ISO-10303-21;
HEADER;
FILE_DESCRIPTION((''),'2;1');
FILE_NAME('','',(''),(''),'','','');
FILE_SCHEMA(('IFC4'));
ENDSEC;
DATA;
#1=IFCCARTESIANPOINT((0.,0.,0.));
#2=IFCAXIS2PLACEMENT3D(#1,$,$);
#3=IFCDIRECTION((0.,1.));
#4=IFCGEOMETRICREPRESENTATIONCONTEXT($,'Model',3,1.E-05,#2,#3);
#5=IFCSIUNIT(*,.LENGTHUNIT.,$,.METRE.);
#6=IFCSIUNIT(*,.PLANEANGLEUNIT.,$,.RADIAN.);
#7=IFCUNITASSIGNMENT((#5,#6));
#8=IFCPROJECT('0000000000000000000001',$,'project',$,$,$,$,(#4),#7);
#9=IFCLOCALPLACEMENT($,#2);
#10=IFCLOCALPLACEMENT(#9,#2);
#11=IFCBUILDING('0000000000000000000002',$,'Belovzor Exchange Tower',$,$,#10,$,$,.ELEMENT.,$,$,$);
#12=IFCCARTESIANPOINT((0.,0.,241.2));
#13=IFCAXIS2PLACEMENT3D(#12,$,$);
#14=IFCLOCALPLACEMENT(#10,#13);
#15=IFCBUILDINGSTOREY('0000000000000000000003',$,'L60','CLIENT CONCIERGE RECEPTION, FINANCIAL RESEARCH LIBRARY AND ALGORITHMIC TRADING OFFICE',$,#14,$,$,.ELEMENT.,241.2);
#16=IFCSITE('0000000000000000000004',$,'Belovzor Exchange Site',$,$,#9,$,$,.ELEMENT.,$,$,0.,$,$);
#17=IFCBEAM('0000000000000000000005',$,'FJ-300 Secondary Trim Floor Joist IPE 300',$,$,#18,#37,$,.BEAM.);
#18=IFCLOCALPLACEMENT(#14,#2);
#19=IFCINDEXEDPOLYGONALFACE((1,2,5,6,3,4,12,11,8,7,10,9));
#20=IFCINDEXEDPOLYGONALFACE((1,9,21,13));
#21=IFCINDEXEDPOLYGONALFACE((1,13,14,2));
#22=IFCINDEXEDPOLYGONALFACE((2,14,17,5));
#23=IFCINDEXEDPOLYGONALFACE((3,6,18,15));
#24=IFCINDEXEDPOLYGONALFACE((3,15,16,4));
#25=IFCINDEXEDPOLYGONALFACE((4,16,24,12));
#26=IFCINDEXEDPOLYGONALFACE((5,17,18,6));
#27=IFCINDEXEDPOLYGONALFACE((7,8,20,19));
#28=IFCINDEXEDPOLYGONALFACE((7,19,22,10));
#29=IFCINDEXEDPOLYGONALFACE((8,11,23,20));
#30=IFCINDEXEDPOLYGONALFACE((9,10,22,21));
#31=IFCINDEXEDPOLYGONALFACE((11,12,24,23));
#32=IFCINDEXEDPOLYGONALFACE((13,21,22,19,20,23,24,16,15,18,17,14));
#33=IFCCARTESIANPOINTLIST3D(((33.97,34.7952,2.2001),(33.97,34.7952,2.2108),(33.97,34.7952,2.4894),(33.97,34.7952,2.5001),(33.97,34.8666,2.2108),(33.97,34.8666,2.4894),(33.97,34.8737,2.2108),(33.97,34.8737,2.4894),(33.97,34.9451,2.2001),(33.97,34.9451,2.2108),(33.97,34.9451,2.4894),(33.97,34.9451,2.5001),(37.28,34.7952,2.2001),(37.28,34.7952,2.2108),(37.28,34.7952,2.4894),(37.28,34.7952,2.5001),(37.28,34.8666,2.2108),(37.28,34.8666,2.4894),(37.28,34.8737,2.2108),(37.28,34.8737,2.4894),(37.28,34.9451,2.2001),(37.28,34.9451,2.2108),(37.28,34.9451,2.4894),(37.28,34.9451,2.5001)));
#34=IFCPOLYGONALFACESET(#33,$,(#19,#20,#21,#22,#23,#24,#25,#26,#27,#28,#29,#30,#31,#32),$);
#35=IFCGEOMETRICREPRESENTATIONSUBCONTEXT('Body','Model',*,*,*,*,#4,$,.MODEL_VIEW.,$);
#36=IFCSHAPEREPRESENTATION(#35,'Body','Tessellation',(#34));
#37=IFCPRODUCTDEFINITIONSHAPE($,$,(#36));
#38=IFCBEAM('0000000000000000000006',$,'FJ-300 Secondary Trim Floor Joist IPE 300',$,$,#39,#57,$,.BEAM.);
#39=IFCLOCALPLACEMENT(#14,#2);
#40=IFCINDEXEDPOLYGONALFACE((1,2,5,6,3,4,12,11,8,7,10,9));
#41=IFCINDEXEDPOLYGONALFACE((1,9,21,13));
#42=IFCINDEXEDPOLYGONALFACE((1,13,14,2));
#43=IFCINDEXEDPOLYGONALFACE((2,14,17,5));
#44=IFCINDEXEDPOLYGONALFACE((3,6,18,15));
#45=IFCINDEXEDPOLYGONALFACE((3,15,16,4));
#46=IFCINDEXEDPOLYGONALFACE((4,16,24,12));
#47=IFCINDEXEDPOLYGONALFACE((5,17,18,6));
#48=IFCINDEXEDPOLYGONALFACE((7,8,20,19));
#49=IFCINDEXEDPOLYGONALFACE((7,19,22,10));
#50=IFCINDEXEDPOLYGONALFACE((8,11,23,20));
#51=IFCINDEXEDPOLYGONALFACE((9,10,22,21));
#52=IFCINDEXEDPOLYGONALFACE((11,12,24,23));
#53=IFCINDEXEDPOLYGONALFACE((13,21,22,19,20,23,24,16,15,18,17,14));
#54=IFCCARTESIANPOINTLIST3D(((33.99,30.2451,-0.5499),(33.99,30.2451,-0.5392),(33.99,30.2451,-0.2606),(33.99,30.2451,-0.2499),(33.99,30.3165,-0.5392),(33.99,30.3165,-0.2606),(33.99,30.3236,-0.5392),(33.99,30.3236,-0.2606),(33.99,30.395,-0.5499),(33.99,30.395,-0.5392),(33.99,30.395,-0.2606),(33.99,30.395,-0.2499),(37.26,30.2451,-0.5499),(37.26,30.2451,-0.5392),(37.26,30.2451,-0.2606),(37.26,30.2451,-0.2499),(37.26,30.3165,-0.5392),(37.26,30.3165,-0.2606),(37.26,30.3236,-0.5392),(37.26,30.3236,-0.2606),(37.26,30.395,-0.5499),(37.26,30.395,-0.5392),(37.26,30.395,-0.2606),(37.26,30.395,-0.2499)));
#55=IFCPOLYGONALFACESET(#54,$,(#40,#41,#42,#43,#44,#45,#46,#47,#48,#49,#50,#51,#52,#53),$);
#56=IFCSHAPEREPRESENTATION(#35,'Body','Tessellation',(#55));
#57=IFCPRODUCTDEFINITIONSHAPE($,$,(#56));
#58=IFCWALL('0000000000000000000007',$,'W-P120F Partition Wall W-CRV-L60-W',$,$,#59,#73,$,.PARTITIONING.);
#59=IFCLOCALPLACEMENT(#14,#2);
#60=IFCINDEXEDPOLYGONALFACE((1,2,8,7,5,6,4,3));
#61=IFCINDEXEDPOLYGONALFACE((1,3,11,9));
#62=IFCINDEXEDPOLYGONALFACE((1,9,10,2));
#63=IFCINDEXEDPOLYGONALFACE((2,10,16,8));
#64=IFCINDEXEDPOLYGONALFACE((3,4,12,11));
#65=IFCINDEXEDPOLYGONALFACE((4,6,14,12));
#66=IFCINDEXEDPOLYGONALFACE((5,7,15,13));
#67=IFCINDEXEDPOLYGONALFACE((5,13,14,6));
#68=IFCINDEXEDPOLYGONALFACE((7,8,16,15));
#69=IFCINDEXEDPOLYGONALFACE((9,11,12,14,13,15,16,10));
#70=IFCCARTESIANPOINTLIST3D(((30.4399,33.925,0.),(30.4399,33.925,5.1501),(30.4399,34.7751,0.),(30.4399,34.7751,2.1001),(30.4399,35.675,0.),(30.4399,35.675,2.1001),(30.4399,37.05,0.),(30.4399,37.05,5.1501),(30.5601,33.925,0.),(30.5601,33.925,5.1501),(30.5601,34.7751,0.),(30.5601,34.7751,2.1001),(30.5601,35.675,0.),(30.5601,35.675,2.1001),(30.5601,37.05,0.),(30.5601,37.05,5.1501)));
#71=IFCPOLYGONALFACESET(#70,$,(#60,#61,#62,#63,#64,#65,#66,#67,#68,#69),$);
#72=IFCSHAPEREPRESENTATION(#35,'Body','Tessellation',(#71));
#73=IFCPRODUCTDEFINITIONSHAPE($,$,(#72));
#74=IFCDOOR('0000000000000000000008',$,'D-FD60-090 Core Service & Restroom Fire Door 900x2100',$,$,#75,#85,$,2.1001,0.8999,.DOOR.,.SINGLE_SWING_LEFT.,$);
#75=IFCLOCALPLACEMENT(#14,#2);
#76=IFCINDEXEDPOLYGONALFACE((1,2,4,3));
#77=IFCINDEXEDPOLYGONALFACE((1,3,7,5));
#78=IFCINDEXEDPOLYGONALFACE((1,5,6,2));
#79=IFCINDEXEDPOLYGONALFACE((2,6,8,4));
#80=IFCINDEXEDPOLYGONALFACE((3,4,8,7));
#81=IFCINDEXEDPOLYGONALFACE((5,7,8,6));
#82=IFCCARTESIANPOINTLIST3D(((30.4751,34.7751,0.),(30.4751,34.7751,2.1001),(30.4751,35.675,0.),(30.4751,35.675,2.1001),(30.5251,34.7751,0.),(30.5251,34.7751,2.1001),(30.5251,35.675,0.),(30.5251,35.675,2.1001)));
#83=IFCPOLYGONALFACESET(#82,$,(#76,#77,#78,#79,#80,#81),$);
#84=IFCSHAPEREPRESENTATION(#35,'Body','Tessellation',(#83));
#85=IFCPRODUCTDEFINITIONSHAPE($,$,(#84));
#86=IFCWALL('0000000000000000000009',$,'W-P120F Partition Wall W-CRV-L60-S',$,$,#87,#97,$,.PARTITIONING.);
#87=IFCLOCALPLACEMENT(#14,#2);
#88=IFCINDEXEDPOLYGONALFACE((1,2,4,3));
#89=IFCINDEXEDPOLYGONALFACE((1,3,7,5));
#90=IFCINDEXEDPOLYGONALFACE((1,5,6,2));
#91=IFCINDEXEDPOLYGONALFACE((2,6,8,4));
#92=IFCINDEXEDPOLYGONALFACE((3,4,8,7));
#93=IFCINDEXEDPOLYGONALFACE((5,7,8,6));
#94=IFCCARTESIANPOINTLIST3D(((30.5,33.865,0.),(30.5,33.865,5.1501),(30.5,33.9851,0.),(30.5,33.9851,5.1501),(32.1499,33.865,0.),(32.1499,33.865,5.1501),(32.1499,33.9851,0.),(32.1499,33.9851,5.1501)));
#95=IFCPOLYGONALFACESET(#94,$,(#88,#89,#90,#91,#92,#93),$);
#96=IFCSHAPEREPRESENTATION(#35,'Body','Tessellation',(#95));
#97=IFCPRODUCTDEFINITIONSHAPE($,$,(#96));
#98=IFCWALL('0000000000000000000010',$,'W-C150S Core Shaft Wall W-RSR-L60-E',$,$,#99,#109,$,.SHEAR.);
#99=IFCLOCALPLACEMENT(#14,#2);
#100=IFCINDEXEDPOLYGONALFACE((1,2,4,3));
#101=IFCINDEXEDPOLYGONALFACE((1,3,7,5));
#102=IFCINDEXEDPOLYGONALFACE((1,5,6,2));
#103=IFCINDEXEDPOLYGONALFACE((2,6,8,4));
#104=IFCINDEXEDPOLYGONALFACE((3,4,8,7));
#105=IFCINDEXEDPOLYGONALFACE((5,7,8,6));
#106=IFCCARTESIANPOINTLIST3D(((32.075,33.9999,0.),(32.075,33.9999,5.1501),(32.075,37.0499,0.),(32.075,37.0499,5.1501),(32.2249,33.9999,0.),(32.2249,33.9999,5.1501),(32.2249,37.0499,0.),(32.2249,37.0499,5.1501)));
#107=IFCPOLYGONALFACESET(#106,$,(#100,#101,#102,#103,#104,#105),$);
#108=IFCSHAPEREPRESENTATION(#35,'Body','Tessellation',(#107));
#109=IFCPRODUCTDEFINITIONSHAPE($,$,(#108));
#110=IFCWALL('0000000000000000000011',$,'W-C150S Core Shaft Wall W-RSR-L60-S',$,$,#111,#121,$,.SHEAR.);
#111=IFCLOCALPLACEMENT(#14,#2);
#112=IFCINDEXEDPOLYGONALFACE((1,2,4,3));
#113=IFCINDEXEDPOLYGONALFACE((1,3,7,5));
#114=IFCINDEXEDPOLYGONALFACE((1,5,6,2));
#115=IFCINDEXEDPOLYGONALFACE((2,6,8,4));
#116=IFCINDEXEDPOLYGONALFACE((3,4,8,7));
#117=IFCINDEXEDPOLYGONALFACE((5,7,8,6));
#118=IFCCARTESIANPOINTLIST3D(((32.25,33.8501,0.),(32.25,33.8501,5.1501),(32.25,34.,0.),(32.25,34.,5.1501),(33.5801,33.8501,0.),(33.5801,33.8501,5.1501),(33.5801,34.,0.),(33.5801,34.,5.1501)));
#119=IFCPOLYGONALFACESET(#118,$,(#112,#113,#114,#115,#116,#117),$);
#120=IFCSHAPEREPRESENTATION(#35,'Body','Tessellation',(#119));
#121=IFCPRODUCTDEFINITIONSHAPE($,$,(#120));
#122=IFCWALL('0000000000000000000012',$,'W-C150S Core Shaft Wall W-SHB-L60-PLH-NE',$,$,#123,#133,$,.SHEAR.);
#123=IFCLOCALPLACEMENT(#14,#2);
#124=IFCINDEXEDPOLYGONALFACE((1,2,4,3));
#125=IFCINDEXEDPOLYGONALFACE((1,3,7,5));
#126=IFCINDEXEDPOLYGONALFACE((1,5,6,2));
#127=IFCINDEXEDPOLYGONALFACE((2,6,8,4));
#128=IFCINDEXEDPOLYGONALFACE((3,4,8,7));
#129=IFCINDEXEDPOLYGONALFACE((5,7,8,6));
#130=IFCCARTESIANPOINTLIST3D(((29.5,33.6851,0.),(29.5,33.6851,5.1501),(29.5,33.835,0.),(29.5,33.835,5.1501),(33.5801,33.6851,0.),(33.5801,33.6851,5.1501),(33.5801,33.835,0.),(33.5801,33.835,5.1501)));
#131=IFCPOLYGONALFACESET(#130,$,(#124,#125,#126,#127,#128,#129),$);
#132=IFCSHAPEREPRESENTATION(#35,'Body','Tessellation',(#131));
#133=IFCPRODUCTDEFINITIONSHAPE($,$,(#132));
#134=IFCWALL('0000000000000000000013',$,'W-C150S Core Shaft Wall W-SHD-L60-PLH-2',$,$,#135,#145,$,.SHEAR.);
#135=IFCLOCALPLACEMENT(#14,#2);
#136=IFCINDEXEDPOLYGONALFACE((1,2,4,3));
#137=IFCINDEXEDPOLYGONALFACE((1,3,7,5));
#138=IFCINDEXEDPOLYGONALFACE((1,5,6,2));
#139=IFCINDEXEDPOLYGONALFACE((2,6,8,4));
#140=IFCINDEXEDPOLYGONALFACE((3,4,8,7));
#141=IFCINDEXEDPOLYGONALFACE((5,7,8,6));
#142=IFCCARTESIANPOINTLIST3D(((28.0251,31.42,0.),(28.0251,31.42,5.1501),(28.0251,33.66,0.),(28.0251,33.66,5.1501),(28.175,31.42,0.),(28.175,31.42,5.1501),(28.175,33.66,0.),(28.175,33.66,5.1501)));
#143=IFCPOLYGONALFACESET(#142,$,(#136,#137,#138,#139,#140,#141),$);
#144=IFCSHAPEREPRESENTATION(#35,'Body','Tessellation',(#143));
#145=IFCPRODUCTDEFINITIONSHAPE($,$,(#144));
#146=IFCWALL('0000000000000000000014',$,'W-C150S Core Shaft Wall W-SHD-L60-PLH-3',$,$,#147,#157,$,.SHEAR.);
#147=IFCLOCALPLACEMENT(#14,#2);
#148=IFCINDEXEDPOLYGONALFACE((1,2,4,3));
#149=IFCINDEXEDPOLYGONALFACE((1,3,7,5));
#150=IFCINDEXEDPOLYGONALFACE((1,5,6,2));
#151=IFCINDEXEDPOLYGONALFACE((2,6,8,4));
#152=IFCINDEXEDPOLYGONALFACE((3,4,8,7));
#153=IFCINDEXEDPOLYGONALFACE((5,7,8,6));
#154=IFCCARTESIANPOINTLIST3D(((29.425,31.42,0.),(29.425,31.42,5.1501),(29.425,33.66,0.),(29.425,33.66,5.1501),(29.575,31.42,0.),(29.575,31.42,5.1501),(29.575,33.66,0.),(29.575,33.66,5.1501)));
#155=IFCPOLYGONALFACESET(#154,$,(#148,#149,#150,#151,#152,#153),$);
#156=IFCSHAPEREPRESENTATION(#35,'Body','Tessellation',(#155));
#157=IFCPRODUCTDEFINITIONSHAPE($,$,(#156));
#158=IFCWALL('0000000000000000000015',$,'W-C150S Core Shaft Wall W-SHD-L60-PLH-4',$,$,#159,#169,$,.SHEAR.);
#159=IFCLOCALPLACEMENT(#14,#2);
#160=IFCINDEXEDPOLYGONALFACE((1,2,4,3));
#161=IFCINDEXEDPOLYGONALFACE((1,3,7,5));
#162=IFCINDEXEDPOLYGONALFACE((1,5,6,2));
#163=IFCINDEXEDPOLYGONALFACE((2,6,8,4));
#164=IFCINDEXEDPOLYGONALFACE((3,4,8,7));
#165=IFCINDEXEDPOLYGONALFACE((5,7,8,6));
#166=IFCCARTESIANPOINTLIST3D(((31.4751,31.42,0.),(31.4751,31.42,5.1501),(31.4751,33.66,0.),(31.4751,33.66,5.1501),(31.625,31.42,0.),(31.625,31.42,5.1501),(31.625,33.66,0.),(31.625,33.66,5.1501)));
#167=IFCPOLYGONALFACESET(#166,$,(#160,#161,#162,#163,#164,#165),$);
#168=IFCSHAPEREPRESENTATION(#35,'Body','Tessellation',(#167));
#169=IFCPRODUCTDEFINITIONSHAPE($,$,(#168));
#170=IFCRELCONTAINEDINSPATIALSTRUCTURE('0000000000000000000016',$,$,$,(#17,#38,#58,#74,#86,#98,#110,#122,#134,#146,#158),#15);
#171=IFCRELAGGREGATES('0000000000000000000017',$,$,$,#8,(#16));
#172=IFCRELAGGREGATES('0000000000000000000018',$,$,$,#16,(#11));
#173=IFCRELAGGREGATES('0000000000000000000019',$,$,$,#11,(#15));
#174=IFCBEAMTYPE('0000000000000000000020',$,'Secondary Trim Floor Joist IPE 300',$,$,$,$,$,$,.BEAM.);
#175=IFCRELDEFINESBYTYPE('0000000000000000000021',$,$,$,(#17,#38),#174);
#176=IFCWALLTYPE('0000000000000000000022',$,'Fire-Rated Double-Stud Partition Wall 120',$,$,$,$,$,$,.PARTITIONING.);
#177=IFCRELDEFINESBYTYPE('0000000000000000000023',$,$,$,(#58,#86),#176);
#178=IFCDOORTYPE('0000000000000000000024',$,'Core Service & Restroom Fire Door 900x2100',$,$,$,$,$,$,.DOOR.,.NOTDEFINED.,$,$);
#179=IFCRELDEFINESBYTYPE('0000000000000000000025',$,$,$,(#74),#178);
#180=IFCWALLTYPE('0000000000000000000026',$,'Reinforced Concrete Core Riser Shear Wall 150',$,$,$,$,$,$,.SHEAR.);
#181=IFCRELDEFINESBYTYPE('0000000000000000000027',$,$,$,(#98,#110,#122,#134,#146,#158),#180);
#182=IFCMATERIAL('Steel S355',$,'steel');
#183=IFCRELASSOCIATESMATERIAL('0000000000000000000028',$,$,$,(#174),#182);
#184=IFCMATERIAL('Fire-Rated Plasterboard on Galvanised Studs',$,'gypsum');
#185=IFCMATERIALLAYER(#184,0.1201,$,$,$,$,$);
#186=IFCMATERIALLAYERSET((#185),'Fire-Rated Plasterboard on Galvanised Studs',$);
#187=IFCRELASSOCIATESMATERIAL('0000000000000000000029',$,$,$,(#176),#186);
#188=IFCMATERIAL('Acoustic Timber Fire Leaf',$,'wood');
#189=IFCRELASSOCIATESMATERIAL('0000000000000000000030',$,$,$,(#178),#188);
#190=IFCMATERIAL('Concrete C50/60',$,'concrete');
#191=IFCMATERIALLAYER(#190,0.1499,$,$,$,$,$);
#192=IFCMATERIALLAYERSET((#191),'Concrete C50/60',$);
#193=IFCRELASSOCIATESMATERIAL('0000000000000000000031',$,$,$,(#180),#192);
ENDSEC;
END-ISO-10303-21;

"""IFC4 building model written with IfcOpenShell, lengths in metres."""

from ifc_helpers import new_model, si_unit, direction, frame, frame_2d, origin, origin_2d, place, context, subcontext, project, spatial, rectangle, i_section, extrude, material, layer, layer_set, material_profile, profile_set, type_object, element, fill, save


model = new_model("IFC4")

# Units and contexts
model_context = context("Model", 3, precision=1e-05, world=origin(), true_north=direction((0.0, 1.0)))
body_context = subcontext(model_context, "Body", "Model", "MODEL_VIEW")
ifc_project = project(units=[si_unit("LENGTHUNIT", "METRE"), si_unit("PLANEANGLEUNIT", "RADIAN")], contexts=[model_context])

# Site, building, storey
site_placement = place(None, origin())
site = spatial("IfcSite", under=ifc_project, at=site_placement, Name="Belovzor Exchange Site", CompositionType="ELEMENT", RefElevation=0.0)
building_placement = place(site_placement, origin())
building = spatial("IfcBuilding", under=site, at=building_placement, Name="Belovzor Exchange Tower", CompositionType="ELEMENT")
storey_placement = place(building_placement, frame((0.0, 0.0, 241.2)))
storey = spatial("IfcBuildingStorey", under=building, at=storey_placement, Name="L60", Description="CLIENT CONCIERGE RECEPTION, FINANCIAL RESEARCH LIBRARY AND ALGORITHMIC TRADING OFFICE", CompositionType="ELEMENT", Elevation=241.2)

# Beams
ifc_material_1 = material(Name="Steel S355", Category="steel")
ifc_material_profile = material_profile(ifc_material_1, i_section(OverallWidth=0.1499, OverallDepth=0.3, WebThickness=0.0071, FlangeThickness=0.0107, at=origin_2d()))
ifc_profile_set = profile_set([ifc_material_profile], Name="Steel S355")
beam_type = type_object("IfcBeamType", Name="Secondary Trim Floor Joist IPE 300", PredefinedType="BEAM", material=ifc_profile_set)
beam_1_placement = place(storey_placement, frame((37.28, 34.8701, 2.3501), z_axis=(-1.0, 0.0, 0.0), x_axis=(0.0, -1.0, 0.0)))
element("IfcBeam", 1, at=beam_1_placement, inside=storey, type_object=beam_type, Name="FJ-300 Secondary Trim Floor Joist IPE 300", PredefinedType="BEAM", context=body_context, shape_type="SweptSolid", body=[
    extrude(i_section(OverallWidth=0.1499, OverallDepth=0.3, WebThickness=0.0071, FlangeThickness=0.0107, at=origin_2d()), origin(), (0.0, 0.0, 1.0), 3.3101),
])
beam_2_placement = place(storey_placement, frame((37.26, 30.3201, -0.3999), z_axis=(-1.0, 0.0, 0.0), x_axis=(0.0, -1.0, 0.0)))
element("IfcBeam", 2, at=beam_2_placement, inside=storey, type_object=beam_type, Name="FJ-300 Secondary Trim Floor Joist IPE 300", PredefinedType="BEAM", context=body_context, shape_type="SweptSolid", body=[
    extrude(i_section(OverallWidth=0.1499, OverallDepth=0.3, WebThickness=0.0071, FlangeThickness=0.0107, at=origin_2d()), origin(), (0.0, 0.0, 1.0), 3.27),
])

# Wall, opening, door
ifc_material_2 = material(Name="Fire-Rated Plasterboard on Galvanised Studs", Category="gypsum")
ifc_layer_1 = layer(ifc_material_2, 0.1201)
ifc_layer_set_1 = layer_set([ifc_layer_1], Name="Fire-Rated Plasterboard on Galvanised Studs")
wall_type_1 = type_object("IfcWallType", Name="Fire-Rated Double-Stud Partition Wall 120", PredefinedType="PARTITIONING", material=ifc_layer_set_1)
wall_1_placement = place(storey_placement, frame((30.5, 33.925, 0.0), z_axis=(0.0, 0.0, 1.0), x_axis=(0.0, 1.0, 0.0)))
wall_1 = element("IfcWall", 3, at=wall_1_placement, inside=storey, type_object=wall_type_1, Name="W-P120F Partition Wall W-CRV-L60-W", PredefinedType="PARTITIONING", context=body_context, shape_type="SweptSolid", body=[
    extrude(rectangle(XDim=3.125, YDim=0.1201, at=frame_2d((1.5625, 0.0))), origin(), (0.0, 0.0, 1.0), 5.1501),
])
opening_1_placement = place(wall_1_placement, frame((0.8501, 0.0, 0.0)))
opening_1 = element("IfcOpeningElement", 4, at=opening_1_placement, cuts=wall_1, PredefinedType="OPENING", context=body_context, shape_type="SweptSolid", body=[
    extrude(rectangle(XDim=0.8999, YDim=2.1001, at=frame_2d((0.45, 1.05))), frame((0.0, 0.0701, 0.0), z_axis=(0.0, -1.0, 0.0), x_axis=(1.0, 0.0, 0.0)), (0.0, 0.0, 1.0), 0.1401),
])
ifc_material_3 = material(Name="Acoustic Timber Fire Leaf", Category="wood")
door_type_1 = type_object("IfcDoorType", Name="Core Service & Restroom Fire Door 900x2100", OperationType="NOTDEFINED", PredefinedType="DOOR", material=ifc_material_3)
door_1_placement = place(opening_1_placement, origin())
door_1 = element("IfcDoor", 5, at=door_1_placement, inside=storey, type_object=door_type_1, Name="D-FD60-090 Core Service & Restroom Fire Door 900x2100", OperationType="SINGLE_SWING_LEFT", OverallHeight=2.1001, OverallWidth=0.8999, PredefinedType="DOOR", context=body_context, shape_type="SweptSolid", body=[
    extrude(rectangle(XDim=0.8999, YDim=2.1001, at=frame_2d((0.45, 1.05))), frame((0.0, 0.0249, 0.0), z_axis=(0.0, -1.0, 0.0), x_axis=(1.0, 0.0, 0.0)), (0.0, 0.0, 1.0), 0.05),
])
fill(opening_1, door_1)

# Walls
wall_2_placement = place(storey_placement, frame((30.5, 33.925, 0.0), z_axis=(0.0, 0.0, 1.0), x_axis=(1.0, 0.0, 0.0)))
element("IfcWall", 6, at=wall_2_placement, inside=storey, type_object=wall_type_1, Name="W-P120F Partition Wall W-CRV-L60-S", PredefinedType="PARTITIONING", context=body_context, shape_type="SweptSolid", body=[
    extrude(rectangle(XDim=1.6499, YDim=0.1201, at=frame_2d((0.825, 0.0))), origin(), (0.0, 0.0, 1.0), 5.1501),
])
ifc_material_4 = material(Name="Concrete C50/60", Category="concrete")
ifc_layer_2 = layer(ifc_material_4, 0.1499)
ifc_layer_set_2 = layer_set([ifc_layer_2], Name="Concrete C50/60")
wall_type_2 = type_object("IfcWallType", Name="Reinforced Concrete Core Riser Shear Wall 150", PredefinedType="SHEAR", material=ifc_layer_set_2)
wall_3_placement = place(storey_placement, frame((32.1499, 34.0, 0.0), z_axis=(0.0, 0.0, 1.0), x_axis=(0.0, 1.0, 0.0)))
element("IfcWall", 7, at=wall_3_placement, inside=storey, type_object=wall_type_2, Name="W-C150S Core Shaft Wall W-RSR-L60-E", PredefinedType="SHEAR", context=body_context, shape_type="SweptSolid", body=[
    extrude(rectangle(XDim=3.05, YDim=0.1499, at=frame_2d((1.5249, 0.0))), origin(), (0.0, 0.0, 1.0), 5.1501),
])
wall_4_placement = place(storey_placement, frame((32.25, 33.925, 0.0), z_axis=(0.0, 0.0, 1.0), x_axis=(1.0, 0.0, 0.0)))
element("IfcWall", 8, at=wall_4_placement, inside=storey, type_object=wall_type_2, Name="W-C150S Core Shaft Wall W-RSR-L60-S", PredefinedType="SHEAR", context=body_context, shape_type="SweptSolid", body=[
    extrude(rectangle(XDim=1.3301, YDim=0.1499, at=frame_2d((0.665, 0.0))), origin(), (0.0, 0.0, 1.0), 5.1501),
])
wall_5_placement = place(storey_placement, frame((29.5, 33.76, 0.0), z_axis=(0.0, 0.0, 1.0), x_axis=(1.0, 0.0, 0.0)))
element("IfcWall", 9, at=wall_5_placement, inside=storey, type_object=wall_type_2, Name="W-C150S Core Shaft Wall W-SHB-L60-PLH-NE", PredefinedType="SHEAR", context=body_context, shape_type="SweptSolid", body=[
    extrude(rectangle(XDim=4.0801, YDim=0.1499, at=frame_2d((2.04, 0.0))), origin(), (0.0, 0.0, 1.0), 5.1501),
])
for number, where, z_axis, x_axis, name in (
    (10, (28.1001, 31.4199, 0.0), (0.0, 0.0, 1.0), (0.0, 1.0, 0.0), "W-C150S Core Shaft Wall W-SHD-L60-PLH-2"),
    (11, (29.5, 31.4199, 0.0), (0.0, 0.0, 1.0), (0.0, 1.0, 0.0), "W-C150S Core Shaft Wall W-SHD-L60-PLH-3"),
    (12, (31.55, 31.4199, 0.0), (0.0, 0.0, 1.0), (0.0, 1.0, 0.0), "W-C150S Core Shaft Wall W-SHD-L60-PLH-4"),
):
    element("IfcWall", number, at=place(storey_placement, frame(where, z_axis=z_axis, x_axis=x_axis)), inside=storey, type_object=wall_type_2, Name=name, PredefinedType="SHEAR", context=body_context, shape_type="SweptSolid", body=[
        extrude(rectangle(XDim=2.24, YDim=0.1499, at=frame_2d((1.1201, 0.0))), origin(), (0.0, 0.0, 1.0), 5.1501),
    ])

save(model, "model.ifc")
